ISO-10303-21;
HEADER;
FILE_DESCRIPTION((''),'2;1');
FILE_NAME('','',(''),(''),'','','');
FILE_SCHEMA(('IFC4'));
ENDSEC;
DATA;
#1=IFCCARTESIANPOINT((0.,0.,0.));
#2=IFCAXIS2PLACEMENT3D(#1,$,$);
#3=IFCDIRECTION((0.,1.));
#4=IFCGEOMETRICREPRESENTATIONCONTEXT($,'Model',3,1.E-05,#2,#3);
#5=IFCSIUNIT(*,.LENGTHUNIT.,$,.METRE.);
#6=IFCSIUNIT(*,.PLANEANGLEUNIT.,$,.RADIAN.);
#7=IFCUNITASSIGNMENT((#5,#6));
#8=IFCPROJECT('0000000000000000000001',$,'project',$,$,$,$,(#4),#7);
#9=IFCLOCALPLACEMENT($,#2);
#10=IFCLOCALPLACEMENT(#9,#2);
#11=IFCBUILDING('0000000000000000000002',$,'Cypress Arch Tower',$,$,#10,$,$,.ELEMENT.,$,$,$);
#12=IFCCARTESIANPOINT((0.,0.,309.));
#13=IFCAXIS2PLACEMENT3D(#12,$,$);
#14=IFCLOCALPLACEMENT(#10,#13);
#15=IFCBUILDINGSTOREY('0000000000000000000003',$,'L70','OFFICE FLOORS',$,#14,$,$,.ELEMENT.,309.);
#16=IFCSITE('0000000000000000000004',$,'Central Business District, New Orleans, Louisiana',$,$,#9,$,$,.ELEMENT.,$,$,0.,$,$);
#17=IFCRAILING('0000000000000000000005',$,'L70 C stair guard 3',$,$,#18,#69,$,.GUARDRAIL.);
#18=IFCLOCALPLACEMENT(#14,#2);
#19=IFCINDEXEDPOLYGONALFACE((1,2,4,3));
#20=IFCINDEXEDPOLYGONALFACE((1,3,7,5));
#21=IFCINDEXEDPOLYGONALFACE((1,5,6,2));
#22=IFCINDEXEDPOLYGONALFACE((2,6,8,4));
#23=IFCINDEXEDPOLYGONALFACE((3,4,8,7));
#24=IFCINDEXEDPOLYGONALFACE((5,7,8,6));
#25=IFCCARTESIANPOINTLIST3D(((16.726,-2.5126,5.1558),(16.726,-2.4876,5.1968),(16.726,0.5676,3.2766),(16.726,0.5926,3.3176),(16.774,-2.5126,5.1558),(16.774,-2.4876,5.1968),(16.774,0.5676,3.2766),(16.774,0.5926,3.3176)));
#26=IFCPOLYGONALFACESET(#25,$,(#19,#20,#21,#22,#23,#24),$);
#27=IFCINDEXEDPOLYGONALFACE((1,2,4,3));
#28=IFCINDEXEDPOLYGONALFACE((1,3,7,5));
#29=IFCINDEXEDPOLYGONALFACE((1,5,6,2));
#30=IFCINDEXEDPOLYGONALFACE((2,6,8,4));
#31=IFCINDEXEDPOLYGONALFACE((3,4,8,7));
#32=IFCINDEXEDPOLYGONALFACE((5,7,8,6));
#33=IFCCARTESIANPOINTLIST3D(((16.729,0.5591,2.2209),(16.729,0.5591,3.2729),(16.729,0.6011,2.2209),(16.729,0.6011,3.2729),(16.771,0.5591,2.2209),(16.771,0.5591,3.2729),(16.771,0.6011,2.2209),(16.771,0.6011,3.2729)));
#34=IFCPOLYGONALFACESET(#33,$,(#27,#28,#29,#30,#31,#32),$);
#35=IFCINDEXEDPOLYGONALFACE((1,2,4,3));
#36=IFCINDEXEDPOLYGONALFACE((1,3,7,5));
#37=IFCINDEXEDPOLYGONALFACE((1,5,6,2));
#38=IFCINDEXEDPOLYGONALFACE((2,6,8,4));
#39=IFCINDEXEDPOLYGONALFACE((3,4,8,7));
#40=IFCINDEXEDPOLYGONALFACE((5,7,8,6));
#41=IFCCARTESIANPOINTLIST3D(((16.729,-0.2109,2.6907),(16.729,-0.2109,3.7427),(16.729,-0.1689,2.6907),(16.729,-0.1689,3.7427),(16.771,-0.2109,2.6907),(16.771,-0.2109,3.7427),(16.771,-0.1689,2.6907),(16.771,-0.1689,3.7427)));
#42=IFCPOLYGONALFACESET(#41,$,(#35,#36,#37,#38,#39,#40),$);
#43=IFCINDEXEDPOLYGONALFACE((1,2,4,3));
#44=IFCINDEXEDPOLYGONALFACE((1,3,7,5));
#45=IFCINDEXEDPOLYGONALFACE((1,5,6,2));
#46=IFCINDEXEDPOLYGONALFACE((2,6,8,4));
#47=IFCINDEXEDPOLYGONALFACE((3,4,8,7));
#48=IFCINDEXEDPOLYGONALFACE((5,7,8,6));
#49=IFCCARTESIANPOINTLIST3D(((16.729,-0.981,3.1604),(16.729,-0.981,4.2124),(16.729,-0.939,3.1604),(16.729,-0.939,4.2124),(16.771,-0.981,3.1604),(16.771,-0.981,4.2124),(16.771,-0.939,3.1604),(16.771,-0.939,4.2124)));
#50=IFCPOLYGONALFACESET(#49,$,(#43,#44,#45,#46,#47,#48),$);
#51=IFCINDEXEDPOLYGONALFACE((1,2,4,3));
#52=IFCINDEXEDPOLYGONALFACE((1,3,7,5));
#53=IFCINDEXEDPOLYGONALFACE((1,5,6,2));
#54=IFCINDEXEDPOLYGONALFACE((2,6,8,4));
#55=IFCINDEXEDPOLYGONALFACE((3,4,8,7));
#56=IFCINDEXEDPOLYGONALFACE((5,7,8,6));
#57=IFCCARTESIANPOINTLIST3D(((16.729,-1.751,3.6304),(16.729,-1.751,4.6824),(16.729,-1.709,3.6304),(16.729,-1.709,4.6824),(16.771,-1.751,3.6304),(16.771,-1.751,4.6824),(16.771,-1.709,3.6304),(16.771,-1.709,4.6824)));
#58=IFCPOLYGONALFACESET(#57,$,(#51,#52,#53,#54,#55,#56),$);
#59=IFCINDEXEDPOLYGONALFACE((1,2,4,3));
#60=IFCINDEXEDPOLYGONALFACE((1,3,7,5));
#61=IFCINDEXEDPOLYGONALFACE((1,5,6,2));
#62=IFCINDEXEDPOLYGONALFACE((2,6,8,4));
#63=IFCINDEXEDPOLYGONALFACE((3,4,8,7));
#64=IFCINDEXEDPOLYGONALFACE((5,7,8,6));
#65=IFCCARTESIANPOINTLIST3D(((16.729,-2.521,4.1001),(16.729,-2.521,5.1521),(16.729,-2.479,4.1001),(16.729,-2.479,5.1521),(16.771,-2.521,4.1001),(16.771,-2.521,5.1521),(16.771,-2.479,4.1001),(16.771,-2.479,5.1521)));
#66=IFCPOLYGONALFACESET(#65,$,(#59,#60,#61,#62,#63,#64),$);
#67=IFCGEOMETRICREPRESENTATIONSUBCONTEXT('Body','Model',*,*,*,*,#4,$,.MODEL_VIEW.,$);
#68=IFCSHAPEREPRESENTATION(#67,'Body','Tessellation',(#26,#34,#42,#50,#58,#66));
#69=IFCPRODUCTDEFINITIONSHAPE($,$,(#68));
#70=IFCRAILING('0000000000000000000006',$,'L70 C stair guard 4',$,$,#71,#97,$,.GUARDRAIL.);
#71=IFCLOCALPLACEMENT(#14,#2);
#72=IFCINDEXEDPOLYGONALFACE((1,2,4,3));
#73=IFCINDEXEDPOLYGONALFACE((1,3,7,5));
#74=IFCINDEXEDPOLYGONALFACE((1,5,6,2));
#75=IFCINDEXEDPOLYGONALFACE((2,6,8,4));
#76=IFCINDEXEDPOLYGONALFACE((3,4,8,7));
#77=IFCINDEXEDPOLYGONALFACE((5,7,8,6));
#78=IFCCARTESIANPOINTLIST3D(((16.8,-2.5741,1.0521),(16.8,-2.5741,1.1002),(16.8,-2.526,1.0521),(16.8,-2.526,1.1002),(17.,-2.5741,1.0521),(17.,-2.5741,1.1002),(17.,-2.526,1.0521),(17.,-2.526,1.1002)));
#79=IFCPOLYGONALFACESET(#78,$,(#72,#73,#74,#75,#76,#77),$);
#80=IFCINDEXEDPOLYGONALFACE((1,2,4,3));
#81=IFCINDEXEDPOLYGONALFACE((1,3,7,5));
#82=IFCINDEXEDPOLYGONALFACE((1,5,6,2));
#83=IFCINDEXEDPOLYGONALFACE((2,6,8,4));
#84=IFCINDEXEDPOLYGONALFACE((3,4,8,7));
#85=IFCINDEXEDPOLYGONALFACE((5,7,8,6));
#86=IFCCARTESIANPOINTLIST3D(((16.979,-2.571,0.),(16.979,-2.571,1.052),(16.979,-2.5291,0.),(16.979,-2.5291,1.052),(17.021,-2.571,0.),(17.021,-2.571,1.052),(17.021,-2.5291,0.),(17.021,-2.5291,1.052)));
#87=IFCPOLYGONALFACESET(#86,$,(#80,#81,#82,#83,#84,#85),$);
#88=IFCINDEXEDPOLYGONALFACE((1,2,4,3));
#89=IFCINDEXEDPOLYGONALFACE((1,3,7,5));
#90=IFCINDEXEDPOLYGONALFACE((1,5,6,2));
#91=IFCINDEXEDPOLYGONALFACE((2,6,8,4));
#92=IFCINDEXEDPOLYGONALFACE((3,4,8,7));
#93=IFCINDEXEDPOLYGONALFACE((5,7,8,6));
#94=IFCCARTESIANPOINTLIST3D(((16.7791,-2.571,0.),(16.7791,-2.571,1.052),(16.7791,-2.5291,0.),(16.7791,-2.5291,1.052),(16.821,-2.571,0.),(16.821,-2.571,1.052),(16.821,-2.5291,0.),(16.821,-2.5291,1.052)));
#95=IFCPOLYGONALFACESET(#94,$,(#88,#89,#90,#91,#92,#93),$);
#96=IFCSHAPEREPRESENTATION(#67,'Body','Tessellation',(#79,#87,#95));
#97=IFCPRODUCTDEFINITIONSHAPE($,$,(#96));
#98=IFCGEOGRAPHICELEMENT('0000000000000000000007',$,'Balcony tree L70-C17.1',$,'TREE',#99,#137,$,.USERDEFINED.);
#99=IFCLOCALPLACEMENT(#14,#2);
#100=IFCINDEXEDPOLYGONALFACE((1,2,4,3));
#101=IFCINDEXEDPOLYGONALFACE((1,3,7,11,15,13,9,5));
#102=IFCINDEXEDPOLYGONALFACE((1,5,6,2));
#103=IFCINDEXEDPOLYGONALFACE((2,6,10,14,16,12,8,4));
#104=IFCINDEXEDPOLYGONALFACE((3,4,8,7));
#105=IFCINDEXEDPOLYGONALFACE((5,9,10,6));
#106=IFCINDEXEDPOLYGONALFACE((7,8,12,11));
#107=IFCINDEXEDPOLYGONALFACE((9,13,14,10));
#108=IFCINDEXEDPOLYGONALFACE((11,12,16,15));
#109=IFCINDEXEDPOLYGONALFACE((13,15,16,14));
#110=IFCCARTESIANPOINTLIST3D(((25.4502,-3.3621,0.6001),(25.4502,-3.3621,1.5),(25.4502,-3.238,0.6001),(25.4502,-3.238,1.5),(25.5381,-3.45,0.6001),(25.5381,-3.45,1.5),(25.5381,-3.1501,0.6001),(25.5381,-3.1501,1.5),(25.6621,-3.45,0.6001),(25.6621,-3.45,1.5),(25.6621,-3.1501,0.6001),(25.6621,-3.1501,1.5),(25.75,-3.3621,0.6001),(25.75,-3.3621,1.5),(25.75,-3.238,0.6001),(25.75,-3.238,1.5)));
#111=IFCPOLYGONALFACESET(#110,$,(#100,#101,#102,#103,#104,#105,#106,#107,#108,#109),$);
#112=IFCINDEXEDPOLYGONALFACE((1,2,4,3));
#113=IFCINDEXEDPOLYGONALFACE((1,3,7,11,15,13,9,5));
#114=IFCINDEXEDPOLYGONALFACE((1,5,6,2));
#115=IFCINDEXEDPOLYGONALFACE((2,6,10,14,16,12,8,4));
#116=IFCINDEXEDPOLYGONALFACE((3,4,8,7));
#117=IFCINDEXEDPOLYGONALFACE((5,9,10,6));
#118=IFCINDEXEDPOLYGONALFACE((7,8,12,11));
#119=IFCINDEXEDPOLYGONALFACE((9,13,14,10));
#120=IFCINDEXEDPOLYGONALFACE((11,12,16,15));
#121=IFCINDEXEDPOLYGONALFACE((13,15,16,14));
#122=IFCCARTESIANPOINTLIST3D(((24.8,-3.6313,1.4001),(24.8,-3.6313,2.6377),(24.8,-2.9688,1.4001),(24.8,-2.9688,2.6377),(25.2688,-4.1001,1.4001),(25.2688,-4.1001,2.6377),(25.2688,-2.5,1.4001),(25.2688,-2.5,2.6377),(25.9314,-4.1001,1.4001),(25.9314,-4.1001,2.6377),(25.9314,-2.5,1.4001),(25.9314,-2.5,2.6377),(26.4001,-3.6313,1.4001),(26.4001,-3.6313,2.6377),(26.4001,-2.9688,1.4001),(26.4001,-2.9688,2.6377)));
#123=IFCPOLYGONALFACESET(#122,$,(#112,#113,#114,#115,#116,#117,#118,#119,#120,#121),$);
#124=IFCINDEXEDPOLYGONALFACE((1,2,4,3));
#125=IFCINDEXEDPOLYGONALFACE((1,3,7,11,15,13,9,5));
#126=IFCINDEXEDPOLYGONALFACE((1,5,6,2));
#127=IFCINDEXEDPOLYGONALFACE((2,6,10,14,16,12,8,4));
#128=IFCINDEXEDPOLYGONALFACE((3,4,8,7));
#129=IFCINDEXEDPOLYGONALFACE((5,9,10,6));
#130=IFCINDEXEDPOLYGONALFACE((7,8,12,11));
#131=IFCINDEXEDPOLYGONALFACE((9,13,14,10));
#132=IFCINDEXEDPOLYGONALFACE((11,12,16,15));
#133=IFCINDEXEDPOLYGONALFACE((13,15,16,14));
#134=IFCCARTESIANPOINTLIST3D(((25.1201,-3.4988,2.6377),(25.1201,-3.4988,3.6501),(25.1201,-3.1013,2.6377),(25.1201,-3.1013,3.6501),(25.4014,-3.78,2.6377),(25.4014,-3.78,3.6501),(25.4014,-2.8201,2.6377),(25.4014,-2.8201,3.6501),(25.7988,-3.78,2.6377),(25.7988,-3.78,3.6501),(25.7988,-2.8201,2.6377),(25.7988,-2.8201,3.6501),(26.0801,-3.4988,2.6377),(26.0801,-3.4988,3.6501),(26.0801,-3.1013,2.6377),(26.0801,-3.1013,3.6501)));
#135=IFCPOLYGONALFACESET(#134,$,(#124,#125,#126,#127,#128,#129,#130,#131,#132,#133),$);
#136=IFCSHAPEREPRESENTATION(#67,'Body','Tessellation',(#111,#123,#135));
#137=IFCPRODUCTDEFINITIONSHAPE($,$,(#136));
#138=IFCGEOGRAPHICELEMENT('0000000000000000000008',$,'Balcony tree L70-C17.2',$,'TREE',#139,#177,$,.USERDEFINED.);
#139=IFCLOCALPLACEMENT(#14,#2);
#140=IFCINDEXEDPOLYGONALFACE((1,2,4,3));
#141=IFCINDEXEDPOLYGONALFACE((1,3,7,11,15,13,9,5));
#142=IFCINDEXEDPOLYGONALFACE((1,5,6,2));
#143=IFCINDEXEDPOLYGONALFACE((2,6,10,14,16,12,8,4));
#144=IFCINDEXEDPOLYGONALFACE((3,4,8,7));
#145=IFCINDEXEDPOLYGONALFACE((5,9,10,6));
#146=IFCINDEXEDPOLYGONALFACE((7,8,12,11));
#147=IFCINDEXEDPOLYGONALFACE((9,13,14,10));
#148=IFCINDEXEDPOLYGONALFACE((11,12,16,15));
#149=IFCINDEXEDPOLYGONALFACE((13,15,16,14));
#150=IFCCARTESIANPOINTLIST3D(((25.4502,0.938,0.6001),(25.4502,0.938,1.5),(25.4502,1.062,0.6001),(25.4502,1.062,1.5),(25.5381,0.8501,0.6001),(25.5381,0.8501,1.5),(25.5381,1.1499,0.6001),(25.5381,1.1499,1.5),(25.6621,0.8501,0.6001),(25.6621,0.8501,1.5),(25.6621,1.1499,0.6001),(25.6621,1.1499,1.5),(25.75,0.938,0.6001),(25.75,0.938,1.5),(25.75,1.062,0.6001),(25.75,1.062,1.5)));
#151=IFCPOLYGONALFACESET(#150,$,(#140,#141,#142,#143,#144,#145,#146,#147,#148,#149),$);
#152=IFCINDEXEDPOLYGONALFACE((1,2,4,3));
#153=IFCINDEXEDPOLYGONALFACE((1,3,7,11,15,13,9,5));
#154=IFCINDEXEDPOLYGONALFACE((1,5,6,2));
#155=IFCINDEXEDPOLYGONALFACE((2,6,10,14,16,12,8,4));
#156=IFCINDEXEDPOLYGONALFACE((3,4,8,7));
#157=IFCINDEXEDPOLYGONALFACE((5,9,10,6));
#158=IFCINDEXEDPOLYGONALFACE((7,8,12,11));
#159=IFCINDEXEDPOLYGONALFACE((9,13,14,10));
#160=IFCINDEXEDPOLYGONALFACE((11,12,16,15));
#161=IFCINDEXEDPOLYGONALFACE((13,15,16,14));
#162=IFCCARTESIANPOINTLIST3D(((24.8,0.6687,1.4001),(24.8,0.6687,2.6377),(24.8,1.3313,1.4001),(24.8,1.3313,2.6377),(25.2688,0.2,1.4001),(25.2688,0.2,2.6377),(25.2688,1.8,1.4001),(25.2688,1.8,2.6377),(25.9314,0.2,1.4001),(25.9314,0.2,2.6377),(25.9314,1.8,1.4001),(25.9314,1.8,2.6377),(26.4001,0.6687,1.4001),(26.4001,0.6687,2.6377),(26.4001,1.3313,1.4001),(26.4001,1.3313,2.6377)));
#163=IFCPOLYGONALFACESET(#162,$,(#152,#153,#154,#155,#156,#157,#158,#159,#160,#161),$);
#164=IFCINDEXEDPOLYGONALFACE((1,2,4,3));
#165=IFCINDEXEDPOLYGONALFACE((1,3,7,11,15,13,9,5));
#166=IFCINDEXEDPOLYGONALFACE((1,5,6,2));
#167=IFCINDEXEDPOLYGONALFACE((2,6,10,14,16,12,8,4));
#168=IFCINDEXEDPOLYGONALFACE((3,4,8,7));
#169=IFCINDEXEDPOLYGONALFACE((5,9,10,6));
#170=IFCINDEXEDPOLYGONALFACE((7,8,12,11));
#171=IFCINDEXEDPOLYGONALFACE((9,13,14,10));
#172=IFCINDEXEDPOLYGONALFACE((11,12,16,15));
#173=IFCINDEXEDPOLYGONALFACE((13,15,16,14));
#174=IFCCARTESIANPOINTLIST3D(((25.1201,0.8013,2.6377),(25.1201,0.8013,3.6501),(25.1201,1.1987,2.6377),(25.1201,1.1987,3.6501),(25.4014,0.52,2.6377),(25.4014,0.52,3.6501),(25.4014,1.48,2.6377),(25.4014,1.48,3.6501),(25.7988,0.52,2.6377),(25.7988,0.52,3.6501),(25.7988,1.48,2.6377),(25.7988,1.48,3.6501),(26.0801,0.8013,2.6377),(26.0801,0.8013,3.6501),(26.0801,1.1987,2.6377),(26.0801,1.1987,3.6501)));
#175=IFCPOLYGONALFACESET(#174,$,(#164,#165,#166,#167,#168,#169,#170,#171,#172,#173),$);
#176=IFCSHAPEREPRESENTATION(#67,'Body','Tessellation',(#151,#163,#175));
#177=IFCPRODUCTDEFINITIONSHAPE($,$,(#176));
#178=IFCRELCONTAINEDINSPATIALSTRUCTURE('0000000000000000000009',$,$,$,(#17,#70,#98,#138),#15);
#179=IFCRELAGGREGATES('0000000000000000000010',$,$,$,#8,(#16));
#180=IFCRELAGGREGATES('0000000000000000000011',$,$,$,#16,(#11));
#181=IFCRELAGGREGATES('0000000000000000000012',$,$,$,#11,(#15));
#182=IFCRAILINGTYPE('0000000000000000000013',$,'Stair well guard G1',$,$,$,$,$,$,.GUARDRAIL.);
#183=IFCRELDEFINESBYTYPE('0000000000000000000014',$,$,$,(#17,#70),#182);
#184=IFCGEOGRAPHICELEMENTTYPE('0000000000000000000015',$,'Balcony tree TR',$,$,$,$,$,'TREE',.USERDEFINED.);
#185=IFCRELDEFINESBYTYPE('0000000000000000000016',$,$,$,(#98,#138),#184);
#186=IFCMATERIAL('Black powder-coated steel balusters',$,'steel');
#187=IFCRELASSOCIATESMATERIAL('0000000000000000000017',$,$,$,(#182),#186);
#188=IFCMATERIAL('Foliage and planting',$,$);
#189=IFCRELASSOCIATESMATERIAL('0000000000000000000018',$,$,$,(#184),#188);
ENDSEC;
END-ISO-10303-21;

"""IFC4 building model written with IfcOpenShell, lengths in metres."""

from ifc_helpers import new_model, si_unit, direction, frame, origin, origin_2d, place, context, subcontext, project, spatial, polyline, rectangle, outline, extrude, material, type_object, element, save


model = new_model("IFC4")

# Units and contexts
model_context = context("Model", 3, precision=1e-05, world=origin(), true_north=direction((0.0, 1.0)))
body_context = subcontext(model_context, "Body", "Model", "MODEL_VIEW")
ifc_project = project(units=[si_unit("LENGTHUNIT", "METRE"), si_unit("PLANEANGLEUNIT", "RADIAN")], contexts=[model_context])

# Site, building, storey
site_placement = place(None, origin())
site = spatial("IfcSite", under=ifc_project, at=site_placement, Name="Central Business District, New Orleans, Louisiana", CompositionType="ELEMENT", RefElevation=0.0)
building_placement = place(site_placement, origin())
building = spatial("IfcBuilding", under=site, at=building_placement, Name="Cypress Arch Tower", CompositionType="ELEMENT")
storey_placement = place(building_placement, frame((0.0, 0.0, 309.0)))
storey = spatial("IfcBuildingStorey", under=building, at=storey_placement, Name="L70", Description="OFFICE FLOORS", CompositionType="ELEMENT", Elevation=309.0)

# Railings
ifc_material_1 = material(Name="Black powder-coated steel balusters", Category="steel")
railing_type_1 = type_object("IfcRailingType", Name="Stair well guard G1", PredefinedType="GUARDRAIL", material=ifc_material_1)
railing_1_placement = place(storey_placement, frame((16.75, 0.5801, 2.2209)))
element("IfcRailing", 1, at=railing_1_placement, inside=storey, type_object=railing_type_1, Name="L70 C stair guard 3", PredefinedType="GUARDRAIL", context=body_context, shape_type="SweptSolid", body=[
    extrude(rectangle(XDim=0.0481, YDim=0.0481, at=origin_2d()), frame((0.0, 0.0, 1.0762), z_axis=(0.0, -0.853666, 0.52082), x_axis=(1.0, 0.0, 0.0)), (0.0, 0.0, 1.0), 3.6082),
    extrude(rectangle(XDim=0.042, YDim=0.042, at=origin_2d()), origin(), (0.0, 0.0, 1.0), 1.052),
    extrude(rectangle(XDim=0.042, YDim=0.042, at=origin_2d()), frame((0.0, -0.77, 0.4697)), (0.0, 0.0, 1.0), 1.052),
    extrude(rectangle(XDim=0.042, YDim=0.042, at=origin_2d()), frame((0.0, -1.54, 0.9395)), (0.0, 0.0, 1.0), 1.052),
    extrude(rectangle(XDim=0.042, YDim=0.042, at=origin_2d()), frame((0.0, -2.3101, 1.4094)), (0.0, 0.0, 1.0), 1.052),
    extrude(rectangle(XDim=0.042, YDim=0.042, at=origin_2d()), frame((0.0, -3.0801, 1.8792)), (0.0, 0.0, 1.0), 1.052),
])
railing_2_placement = place(storey_placement, frame((17.0, -2.55, 0.0)))
element("IfcRailing", 2, at=railing_2_placement, inside=storey, type_object=railing_type_1, Name="L70 C stair guard 4", PredefinedType="GUARDRAIL", context=body_context, shape_type="SweptSolid", body=[
    extrude(rectangle(XDim=0.0481, YDim=0.0481, at=origin_2d()), frame((0.0, 0.0, 1.0762), z_axis=(-1.0, 0.0, 0.0), x_axis=(0.0, -1.0, 0.0)), (0.0, 0.0, 1.0), 0.2),
    extrude(rectangle(XDim=0.042, YDim=0.042, at=origin_2d()), origin(), (0.0, 0.0, 1.0), 1.052),
    extrude(rectangle(XDim=0.042, YDim=0.042, at=origin_2d()), frame((-0.2, 0.0, 0.0)), (0.0, 0.0, 1.0), 1.052),
])

# Geographic elements
ifc_material_2 = material(Name="Foliage and planting")
geographic_element_type = type_object("IfcGeographicElementType", Name="Balcony tree TR", ElementType="TREE", PredefinedType="USERDEFINED", material=ifc_material_2)
for number, where, z_axis, x_axis, name in (
    (3, (25.6001, -3.3, 0.6001), (0.0, 0.0, 1.0), (1.0, 0.0, 0.0), "Balcony tree L70-C17.1"),
    (4, (25.6001, 1.0, 0.6001), (0.0, 0.0, 1.0), (1.0, 0.0, 0.0), "Balcony tree L70-C17.2"),
):
    element("IfcGeographicElement", number, at=place(storey_placement, frame(where, z_axis=z_axis, x_axis=x_axis)), inside=storey, type_object=geographic_element_type, Name=name, ObjectType="TREE", PredefinedType="USERDEFINED", context=body_context, shape_type="SweptSolid", body=[
        extrude(outline(polyline([(0.1499, 0.062), (0.062, 0.1499), (-0.062, 0.1499), (-0.1499, 0.062), (-0.1499, -0.062), (-0.062, -0.1499), (0.062, -0.1499), (0.1499, -0.062), (0.1499, 0.062)])), origin(), (0.0, 0.0, 1.0), 0.8999),
        extrude(outline(polyline([(0.8, 0.3313), (0.3313, 0.8), (-0.3313, 0.8), (-0.8, 0.3313), (-0.8, -0.3313), (-0.3313, -0.8), (0.3313, -0.8), (0.8, -0.3313), (0.8, 0.3313)])), frame((0.0, 0.0, 0.8)), (0.0, 0.0, 1.0), 1.2375),
        extrude(outline(polyline([(0.48, 0.1987), (0.1987, 0.48), (-0.1987, 0.48), (-0.48, 0.1987), (-0.48, -0.1987), (-0.1987, -0.48), (0.1987, -0.48), (0.48, -0.1987), (0.48, 0.1987)])), frame((0.0, 0.0, 2.0376)), (0.0, 0.0, 1.0), 1.0125),
    ])

save(model, "model.ifc")
